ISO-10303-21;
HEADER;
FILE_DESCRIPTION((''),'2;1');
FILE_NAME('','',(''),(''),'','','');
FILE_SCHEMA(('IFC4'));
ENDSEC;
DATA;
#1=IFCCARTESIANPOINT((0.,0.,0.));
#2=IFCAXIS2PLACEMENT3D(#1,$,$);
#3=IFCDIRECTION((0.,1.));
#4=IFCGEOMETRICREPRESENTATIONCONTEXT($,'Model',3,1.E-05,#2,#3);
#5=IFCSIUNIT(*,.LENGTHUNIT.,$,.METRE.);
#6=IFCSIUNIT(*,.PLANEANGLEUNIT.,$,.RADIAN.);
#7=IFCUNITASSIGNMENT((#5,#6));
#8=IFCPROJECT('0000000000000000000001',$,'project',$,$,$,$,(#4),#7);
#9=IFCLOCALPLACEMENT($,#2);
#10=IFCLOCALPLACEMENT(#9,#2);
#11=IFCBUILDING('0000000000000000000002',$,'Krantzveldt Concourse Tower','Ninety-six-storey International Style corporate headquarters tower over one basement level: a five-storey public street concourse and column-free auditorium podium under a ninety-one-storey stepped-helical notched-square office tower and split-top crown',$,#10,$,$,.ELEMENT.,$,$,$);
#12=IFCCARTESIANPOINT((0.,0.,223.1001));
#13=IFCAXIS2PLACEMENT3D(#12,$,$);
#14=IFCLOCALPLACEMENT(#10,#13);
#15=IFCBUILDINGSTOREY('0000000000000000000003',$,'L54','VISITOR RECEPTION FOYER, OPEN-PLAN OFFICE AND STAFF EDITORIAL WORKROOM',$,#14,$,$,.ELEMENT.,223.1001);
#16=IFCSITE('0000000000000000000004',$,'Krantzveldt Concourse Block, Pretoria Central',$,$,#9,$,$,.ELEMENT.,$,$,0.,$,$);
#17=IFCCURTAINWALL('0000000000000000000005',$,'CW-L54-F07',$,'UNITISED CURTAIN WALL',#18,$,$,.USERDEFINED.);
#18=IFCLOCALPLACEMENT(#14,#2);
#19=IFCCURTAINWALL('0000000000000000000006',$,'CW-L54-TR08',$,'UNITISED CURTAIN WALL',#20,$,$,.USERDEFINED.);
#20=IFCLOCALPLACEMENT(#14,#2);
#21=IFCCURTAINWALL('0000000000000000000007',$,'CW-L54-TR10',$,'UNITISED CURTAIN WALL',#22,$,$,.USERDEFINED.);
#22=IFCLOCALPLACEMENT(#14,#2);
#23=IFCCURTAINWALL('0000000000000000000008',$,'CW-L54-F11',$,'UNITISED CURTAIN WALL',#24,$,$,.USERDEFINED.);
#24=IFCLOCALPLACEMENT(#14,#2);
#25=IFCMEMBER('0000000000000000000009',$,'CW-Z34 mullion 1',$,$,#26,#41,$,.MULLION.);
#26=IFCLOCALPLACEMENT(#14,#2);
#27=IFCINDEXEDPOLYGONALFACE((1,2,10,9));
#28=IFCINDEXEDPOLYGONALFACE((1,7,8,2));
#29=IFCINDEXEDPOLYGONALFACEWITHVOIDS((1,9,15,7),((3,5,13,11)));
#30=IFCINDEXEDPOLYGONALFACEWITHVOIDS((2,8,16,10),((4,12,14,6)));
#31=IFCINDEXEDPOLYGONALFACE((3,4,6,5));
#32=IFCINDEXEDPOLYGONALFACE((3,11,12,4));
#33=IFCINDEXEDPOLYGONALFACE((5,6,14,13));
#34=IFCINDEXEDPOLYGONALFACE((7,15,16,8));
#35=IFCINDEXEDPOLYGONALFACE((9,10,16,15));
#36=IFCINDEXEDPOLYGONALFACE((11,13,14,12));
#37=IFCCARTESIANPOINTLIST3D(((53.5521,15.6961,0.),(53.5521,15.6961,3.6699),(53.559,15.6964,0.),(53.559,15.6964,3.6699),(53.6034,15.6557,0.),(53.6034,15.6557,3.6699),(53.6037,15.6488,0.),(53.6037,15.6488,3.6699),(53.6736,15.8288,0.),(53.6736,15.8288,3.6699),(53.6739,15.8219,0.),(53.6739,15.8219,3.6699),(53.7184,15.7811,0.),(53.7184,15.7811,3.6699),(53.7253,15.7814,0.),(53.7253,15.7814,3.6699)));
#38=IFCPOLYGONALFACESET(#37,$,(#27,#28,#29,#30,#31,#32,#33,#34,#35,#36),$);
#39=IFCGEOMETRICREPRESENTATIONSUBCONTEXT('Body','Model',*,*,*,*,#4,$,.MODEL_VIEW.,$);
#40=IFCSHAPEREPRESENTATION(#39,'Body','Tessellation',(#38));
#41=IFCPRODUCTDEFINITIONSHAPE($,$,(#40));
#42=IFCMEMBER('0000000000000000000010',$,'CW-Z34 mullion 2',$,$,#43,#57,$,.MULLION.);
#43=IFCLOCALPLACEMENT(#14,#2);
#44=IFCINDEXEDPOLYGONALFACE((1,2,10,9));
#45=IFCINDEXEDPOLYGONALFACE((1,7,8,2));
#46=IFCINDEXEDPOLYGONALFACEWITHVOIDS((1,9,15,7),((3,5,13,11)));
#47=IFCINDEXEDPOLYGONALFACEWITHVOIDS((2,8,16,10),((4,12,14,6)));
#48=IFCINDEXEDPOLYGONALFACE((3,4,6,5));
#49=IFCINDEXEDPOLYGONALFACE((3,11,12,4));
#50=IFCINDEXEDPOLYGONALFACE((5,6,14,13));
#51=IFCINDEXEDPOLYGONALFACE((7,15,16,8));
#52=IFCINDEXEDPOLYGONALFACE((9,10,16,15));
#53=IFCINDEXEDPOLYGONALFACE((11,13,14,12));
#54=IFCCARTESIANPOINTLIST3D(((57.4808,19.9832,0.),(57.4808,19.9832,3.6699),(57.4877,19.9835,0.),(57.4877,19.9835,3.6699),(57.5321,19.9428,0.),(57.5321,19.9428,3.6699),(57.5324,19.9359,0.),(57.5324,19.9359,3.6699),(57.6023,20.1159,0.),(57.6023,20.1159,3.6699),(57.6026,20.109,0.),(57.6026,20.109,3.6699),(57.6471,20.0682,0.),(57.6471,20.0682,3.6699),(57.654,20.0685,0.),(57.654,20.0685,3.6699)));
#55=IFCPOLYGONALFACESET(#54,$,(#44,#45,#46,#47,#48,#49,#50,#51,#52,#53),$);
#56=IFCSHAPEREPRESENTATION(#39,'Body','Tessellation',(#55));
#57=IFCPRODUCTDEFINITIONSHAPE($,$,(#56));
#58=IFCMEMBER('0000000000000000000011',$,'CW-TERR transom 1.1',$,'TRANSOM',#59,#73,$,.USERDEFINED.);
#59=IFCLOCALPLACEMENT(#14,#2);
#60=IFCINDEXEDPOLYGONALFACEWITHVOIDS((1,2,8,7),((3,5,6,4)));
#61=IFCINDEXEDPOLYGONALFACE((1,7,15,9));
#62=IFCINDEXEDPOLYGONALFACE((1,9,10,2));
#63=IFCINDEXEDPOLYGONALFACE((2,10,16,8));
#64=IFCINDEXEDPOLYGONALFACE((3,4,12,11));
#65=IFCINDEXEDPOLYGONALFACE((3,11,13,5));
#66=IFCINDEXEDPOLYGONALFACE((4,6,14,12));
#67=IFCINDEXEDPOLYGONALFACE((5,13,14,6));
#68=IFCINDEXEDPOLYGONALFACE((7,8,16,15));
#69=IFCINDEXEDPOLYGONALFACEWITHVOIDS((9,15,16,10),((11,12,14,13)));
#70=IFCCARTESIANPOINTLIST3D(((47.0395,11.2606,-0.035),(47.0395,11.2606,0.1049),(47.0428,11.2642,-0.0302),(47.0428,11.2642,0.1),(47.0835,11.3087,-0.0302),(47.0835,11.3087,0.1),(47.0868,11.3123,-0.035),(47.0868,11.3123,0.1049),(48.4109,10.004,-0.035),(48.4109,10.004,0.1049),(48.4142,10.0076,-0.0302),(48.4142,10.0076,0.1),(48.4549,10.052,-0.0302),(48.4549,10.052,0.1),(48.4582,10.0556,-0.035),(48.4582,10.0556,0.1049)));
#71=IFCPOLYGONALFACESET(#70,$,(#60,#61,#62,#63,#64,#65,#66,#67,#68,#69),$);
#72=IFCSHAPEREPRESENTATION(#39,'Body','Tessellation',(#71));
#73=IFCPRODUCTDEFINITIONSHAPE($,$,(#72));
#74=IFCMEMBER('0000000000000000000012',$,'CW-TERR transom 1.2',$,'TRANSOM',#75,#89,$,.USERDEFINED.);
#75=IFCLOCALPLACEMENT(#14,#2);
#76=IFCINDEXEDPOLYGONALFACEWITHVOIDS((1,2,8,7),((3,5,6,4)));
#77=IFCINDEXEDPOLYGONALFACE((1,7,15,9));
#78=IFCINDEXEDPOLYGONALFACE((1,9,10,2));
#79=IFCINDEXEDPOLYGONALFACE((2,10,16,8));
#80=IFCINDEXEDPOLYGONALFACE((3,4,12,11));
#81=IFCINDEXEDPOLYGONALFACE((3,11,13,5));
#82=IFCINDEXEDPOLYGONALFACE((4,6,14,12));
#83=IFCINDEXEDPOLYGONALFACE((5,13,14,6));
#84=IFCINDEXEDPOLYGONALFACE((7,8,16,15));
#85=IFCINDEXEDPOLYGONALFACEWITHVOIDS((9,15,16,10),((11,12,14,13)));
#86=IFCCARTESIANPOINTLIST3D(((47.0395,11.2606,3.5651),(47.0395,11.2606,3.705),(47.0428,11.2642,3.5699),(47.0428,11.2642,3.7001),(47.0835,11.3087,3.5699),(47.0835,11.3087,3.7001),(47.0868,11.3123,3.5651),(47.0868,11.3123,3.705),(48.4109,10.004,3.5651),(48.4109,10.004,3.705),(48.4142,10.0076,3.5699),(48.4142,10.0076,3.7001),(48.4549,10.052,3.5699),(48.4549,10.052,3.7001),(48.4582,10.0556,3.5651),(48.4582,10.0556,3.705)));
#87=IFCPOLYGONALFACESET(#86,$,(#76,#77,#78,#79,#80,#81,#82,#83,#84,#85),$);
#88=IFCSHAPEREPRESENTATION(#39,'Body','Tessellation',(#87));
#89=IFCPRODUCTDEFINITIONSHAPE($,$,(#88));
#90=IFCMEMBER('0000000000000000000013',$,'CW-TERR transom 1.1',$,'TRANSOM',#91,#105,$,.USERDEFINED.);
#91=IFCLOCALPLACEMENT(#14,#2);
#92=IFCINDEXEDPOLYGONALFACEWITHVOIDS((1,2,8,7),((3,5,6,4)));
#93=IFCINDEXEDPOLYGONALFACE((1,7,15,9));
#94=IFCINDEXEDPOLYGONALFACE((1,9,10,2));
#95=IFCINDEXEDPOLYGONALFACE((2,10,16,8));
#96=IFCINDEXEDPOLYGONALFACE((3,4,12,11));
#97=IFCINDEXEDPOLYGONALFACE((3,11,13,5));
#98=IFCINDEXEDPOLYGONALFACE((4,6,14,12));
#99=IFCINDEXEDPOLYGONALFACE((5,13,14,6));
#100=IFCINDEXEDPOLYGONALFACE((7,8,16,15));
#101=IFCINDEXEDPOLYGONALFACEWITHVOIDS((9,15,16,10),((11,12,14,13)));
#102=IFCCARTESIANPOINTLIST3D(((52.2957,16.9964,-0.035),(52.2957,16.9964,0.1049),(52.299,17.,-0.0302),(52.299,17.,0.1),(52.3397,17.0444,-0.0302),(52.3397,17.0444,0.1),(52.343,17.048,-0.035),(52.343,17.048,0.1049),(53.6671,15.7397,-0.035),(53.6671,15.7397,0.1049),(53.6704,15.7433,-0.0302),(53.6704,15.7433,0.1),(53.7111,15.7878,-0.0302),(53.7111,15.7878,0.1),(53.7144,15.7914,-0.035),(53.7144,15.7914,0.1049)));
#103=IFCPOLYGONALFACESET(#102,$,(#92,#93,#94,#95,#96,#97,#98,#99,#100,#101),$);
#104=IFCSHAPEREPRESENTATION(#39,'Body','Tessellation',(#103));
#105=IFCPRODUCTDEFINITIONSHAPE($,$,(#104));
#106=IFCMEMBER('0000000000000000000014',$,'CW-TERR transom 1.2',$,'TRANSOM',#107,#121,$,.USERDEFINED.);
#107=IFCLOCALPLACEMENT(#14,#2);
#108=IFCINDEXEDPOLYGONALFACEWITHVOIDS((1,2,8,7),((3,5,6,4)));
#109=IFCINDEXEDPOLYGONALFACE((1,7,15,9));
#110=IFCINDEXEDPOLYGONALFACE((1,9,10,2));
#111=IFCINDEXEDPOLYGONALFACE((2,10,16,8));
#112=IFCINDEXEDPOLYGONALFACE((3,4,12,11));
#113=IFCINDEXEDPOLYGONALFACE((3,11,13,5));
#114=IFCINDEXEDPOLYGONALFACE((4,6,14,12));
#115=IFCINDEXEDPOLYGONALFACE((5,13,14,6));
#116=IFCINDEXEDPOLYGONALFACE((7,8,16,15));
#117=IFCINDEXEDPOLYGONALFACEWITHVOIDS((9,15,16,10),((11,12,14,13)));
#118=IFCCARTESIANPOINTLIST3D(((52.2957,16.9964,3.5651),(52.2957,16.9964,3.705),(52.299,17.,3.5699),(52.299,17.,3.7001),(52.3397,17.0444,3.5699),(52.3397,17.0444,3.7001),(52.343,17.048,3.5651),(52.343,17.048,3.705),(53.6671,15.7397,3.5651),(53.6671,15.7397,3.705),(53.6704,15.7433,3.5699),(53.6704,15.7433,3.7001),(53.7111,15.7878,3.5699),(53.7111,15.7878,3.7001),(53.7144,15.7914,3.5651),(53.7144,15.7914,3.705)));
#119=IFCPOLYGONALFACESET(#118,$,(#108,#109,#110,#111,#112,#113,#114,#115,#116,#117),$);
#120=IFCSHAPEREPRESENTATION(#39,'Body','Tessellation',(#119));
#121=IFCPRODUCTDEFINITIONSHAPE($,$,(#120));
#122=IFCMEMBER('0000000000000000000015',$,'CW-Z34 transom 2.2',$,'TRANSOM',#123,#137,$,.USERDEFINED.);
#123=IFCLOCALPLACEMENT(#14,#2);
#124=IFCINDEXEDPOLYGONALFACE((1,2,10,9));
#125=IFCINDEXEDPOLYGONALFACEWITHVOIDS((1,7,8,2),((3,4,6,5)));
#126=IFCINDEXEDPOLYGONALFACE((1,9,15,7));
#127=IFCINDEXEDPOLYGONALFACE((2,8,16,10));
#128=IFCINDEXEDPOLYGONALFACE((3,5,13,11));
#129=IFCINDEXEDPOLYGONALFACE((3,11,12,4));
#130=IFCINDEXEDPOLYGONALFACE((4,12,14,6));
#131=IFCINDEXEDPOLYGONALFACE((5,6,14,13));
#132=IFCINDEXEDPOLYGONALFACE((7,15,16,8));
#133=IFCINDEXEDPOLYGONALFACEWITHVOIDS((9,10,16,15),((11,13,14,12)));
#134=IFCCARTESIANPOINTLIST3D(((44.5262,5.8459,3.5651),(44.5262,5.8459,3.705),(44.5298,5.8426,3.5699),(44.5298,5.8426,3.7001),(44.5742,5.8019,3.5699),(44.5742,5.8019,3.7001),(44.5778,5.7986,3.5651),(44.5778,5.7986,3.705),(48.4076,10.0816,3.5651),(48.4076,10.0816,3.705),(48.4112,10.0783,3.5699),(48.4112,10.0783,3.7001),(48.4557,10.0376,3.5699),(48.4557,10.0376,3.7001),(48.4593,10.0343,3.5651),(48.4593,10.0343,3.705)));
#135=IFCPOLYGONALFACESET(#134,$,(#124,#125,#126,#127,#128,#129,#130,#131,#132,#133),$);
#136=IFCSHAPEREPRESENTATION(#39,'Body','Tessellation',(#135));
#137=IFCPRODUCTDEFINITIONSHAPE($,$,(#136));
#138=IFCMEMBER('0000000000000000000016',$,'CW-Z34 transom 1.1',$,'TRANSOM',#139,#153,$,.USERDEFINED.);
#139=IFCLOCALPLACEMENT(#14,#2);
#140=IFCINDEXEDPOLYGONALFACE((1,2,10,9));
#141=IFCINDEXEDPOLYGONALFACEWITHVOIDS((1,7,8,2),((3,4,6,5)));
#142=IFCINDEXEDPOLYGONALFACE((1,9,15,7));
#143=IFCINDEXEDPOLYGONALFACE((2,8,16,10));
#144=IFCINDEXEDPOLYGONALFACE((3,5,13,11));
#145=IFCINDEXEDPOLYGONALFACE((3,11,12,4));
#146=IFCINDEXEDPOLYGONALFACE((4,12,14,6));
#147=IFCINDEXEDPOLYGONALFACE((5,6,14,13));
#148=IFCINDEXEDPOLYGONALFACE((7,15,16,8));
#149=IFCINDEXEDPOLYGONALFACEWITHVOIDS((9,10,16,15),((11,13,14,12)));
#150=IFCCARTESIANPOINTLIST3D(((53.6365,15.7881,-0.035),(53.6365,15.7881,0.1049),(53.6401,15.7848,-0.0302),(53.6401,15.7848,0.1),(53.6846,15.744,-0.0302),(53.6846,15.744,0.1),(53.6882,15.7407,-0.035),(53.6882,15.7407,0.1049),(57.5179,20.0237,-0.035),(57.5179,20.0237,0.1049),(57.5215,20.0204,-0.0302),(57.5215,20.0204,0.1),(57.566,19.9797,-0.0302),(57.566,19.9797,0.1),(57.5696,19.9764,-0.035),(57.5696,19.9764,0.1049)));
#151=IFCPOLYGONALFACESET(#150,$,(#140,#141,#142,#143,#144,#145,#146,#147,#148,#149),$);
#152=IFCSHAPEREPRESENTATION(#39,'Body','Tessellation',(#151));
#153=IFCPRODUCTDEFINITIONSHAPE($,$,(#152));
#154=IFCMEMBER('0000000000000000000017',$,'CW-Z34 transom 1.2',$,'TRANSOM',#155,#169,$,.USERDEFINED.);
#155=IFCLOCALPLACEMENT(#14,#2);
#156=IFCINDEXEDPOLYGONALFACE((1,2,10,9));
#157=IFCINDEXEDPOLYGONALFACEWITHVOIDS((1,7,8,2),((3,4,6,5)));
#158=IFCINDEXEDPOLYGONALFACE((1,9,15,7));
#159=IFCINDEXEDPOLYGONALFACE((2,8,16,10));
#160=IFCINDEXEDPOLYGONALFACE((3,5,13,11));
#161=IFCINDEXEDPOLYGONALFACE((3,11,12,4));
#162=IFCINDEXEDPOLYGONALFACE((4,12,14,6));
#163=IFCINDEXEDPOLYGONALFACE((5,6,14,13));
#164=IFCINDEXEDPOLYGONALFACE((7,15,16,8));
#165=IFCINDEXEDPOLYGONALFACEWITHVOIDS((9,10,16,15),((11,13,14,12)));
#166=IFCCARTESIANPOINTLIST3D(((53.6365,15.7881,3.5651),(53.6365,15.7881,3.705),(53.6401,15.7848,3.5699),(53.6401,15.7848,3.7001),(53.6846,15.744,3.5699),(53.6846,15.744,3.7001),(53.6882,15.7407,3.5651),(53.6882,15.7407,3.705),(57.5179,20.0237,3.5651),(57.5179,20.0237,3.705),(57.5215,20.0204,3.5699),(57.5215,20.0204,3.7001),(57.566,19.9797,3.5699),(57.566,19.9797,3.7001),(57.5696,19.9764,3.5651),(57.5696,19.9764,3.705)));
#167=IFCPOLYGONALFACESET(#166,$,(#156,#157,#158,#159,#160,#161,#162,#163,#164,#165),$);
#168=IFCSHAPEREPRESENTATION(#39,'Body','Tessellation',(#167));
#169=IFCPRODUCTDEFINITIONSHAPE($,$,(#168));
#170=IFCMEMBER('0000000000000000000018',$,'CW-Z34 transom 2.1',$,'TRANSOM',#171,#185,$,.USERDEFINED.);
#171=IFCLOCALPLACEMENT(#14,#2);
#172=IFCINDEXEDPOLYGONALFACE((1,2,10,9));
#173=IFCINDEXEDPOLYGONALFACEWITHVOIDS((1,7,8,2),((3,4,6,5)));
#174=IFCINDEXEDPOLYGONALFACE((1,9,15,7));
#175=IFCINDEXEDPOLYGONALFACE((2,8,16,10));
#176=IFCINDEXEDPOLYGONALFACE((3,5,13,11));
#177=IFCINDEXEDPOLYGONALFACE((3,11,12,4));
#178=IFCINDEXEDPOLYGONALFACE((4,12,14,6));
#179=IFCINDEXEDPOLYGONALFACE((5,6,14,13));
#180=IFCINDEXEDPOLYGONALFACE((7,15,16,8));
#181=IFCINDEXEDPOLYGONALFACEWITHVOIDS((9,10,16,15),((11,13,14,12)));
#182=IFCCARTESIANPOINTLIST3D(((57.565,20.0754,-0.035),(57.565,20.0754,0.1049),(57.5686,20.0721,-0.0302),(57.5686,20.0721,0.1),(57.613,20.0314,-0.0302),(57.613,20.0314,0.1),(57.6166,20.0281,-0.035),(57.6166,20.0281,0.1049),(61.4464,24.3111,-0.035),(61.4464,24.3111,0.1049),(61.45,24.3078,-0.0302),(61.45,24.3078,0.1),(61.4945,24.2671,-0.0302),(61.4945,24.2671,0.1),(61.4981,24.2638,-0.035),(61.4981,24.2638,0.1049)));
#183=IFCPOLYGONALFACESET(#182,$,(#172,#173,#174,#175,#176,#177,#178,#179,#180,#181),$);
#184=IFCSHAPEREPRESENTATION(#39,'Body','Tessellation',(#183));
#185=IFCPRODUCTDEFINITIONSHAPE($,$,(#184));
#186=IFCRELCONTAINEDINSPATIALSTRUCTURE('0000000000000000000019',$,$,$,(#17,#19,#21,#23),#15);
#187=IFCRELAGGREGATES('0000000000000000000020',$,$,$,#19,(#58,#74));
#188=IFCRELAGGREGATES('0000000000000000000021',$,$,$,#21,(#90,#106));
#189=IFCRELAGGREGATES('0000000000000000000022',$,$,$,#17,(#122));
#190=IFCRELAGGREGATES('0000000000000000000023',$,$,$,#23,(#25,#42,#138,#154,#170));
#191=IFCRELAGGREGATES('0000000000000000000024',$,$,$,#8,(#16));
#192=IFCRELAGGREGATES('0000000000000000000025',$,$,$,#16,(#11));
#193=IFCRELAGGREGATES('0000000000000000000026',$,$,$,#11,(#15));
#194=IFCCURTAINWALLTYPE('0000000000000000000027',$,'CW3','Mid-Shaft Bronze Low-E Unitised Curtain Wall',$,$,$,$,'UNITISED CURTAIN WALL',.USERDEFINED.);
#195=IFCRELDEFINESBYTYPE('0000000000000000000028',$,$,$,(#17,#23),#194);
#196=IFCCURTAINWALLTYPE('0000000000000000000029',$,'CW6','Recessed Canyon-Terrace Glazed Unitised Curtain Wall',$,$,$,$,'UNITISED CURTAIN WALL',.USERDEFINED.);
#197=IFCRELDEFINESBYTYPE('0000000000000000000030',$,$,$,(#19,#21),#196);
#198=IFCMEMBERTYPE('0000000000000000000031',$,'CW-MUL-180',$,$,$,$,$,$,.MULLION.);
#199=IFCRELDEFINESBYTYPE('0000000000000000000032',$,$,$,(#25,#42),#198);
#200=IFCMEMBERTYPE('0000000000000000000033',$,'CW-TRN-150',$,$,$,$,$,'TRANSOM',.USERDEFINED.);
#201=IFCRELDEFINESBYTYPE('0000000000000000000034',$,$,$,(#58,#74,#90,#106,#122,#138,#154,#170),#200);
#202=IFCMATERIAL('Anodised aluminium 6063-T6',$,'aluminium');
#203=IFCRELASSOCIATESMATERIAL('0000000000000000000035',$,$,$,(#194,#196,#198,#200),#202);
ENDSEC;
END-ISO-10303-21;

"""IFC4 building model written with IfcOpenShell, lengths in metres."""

from ifc_helpers import new_model, si_unit, direction, frame, origin, origin_2d, place, context, subcontext, project, spatial, hollow_rectangle, extrude, source, transform, mapped, material, material_profile, profile_set, type_object, type_shapes, element, aggregate, save


model = new_model("IFC4")

# Units and contexts
model_context = context("Model", 3, precision=1e-05, world=origin(), true_north=direction((0.0, 1.0)))
body_context = subcontext(model_context, "Body", "Model", "MODEL_VIEW")
ifc_project = project(units=[si_unit("LENGTHUNIT", "METRE"), si_unit("PLANEANGLEUNIT", "RADIAN")], contexts=[model_context])

# Site, building, storey
site_placement = place(None, origin())
site = spatial("IfcSite", under=ifc_project, at=site_placement, Name="Krantzveldt Concourse Block, Pretoria Central", CompositionType="ELEMENT", RefElevation=0.0)
building_placement = place(site_placement, origin())
building = spatial("IfcBuilding", under=site, at=building_placement, Name="Krantzveldt Concourse Tower", Description="Ninety-six-storey International Style corporate headquarters tower over one basement level: a five-storey public street concourse and column-free auditorium podium under a ninety-one-storey stepped-helical notched-square office tower and split-top crown", CompositionType="ELEMENT")
storey_placement = place(building_placement, frame((0.0, 0.0, 223.1001)))
storey = spatial("IfcBuildingStorey", under=building, at=storey_placement, Name="L54", Description="VISITOR RECEPTION FOYER, OPEN-PLAN OFFICE AND STAFF EDITORIAL WORKROOM", CompositionType="ELEMENT", Elevation=223.1001)

# Curtain wall
ifc_material_1 = material(Name="Anodised aluminium 6063-T6", Category="aluminium")
curtain_wall_type_1 = type_object("IfcCurtainWallType", Name="CW3", Description="Mid-Shaft Bronze Low-E Unitised Curtain Wall", ElementType="UNITISED CURTAIN WALL", PredefinedType="USERDEFINED", material=ifc_material_1)
curtain_wall_1_placement = place(storey_placement, origin())
curtain_wall_1 = element("IfcCurtainWall", 1, at=curtain_wall_1_placement, inside=storey, type_object=curtain_wall_type_1, Name="CW-L54-F07", ObjectType="UNITISED CURTAIN WALL", PredefinedType="USERDEFINED")
ifc_material_profile_1 = material_profile(ifc_material_1, hollow_rectangle(XDim=0.0701, YDim=0.1799, WallThickness=0.0049, at=origin_2d()), Name="Anodised aluminium 6063-T6", Category="aluminium")
ifc_profile_set_1 = profile_set([ifc_material_profile_1], Name="Anodised aluminium 6063-T6 - ALU-MULL 180x70x5")
member_type_1 = type_object("IfcMemberType", Name="CW-MUL-180", PredefinedType="MULLION", material=ifc_profile_set_1)
shared_shape_1 = source(origin(), body_context, "Body", "SweptSolid", [
    extrude(hollow_rectangle(XDim=0.0701, YDim=0.1799, WallThickness=0.0049, at=origin_2d()), origin(), (0.0, 0.0, 1.0), 3.6699),
])
type_shapes(member_type_1, [shared_shape_1])

# Curtain walls, members
curtain_wall_type_2 = type_object("IfcCurtainWallType", Name="CW6", Description="Recessed Canyon-Terrace Glazed Unitised Curtain Wall", ElementType="UNITISED CURTAIN WALL", PredefinedType="USERDEFINED", material=ifc_material_1)
curtain_wall_2_placement = place(storey_placement, origin())
curtain_wall_2 = element("IfcCurtainWall", 2, at=curtain_wall_2_placement, inside=storey, type_object=curtain_wall_type_2, Name="CW-L54-TR08", ObjectType="UNITISED CURTAIN WALL", PredefinedType="USERDEFINED")
curtain_wall_3_placement = place(storey_placement, origin())
curtain_wall_3 = element("IfcCurtainWall", 3, at=curtain_wall_3_placement, inside=storey, type_object=curtain_wall_type_2, Name="CW-L54-TR10", ObjectType="UNITISED CURTAIN WALL", PredefinedType="USERDEFINED")
curtain_wall_4_placement = place(storey_placement, origin())
curtain_wall_4 = element("IfcCurtainWall", 4, at=curtain_wall_4_placement, inside=storey, type_object=curtain_wall_type_1, Name="CW-L54-F11", ObjectType="UNITISED CURTAIN WALL", PredefinedType="USERDEFINED")
member_1_placement = place(storey_placement, frame((53.6387, 15.7388, 0.0), z_axis=(0.0, 0.0, 1.0), x_axis=(-0.737278, 0.67559, 0.0)))
member_1 = element("IfcMember", 5, at=member_1_placement, type_object=member_type_1, Name="CW-Z34 mullion 1", PredefinedType="MULLION", context=body_context, shape_type="MappedRepresentation", body=[
    mapped(shared_shape_1, transform((0.0, 0.0, 0.0), x_axis=(1.0, 0.0, 0.0), y_axis=(0.0, 1.0, 0.0), z_axis=(0.0, 0.0, 1.0), scale=1.0)),
])
member_2_placement = place(storey_placement, frame((57.5674, 20.0259, 0.0), z_axis=(0.0, 0.0, 1.0), x_axis=(-0.737278, 0.67559, 0.0)))
member_2 = element("IfcMember", 6, at=member_2_placement, type_object=member_type_1, Name="CW-Z34 mullion 2", PredefinedType="MULLION", context=body_context, shape_type="MappedRepresentation", body=[
    mapped(shared_shape_1, transform((0.0, 0.0, 0.0), x_axis=(1.0, 0.0, 0.0), y_axis=(0.0, 1.0, 0.0), z_axis=(0.0, 0.0, 1.0), scale=1.0)),
])

# Members
ifc_material_profile_2 = material_profile(ifc_material_1, hollow_rectangle(XDim=0.0701, YDim=0.1399, WallThickness=0.0049, at=origin_2d()), Name="Anodised aluminium 6063-T6", Category="aluminium")
ifc_profile_set_2 = profile_set([ifc_material_profile_2], Name="Anodised aluminium 6063-T6 - ALU-TRAN 140x70x5")
member_type_2 = type_object("IfcMemberType", Name="CW-TRN-150", ElementType="TRANSOM", PredefinedType="USERDEFINED", material=ifc_profile_set_2)
shared_shape_2 = source(origin(), body_context, "Body", "SweptSolid", [
    extrude(hollow_rectangle(XDim=0.0701, YDim=0.1399, WallThickness=0.0049, at=origin_2d()), origin(), (0.0, 0.0, 1.0), 1.8601),
])
member_3_placement = place(storey_placement, frame((48.4346, 10.0298, 0.0349), z_axis=(-0.737279, 0.675588, 0.0), x_axis=(-0.675588, -0.737279, 0.0)))
member_3 = element("IfcMember", 7, at=member_3_placement, type_object=member_type_2, Name="CW-TERR transom 1.1", ObjectType="TRANSOM", PredefinedType="USERDEFINED", context=body_context, shape_type="MappedRepresentation", body=[
    mapped(shared_shape_2, transform((0.0, 0.0, 0.0), x_axis=(1.0, 0.0, 0.0), y_axis=(0.0, 1.0, 0.0), z_axis=(0.0, 0.0, 1.0), scale=1.0)),
])
member_4_placement = place(storey_placement, frame((48.4346, 10.0298, 3.635), z_axis=(-0.737279, 0.675588, 0.0), x_axis=(-0.675588, -0.737279, 0.0)))
member_4 = element("IfcMember", 8, at=member_4_placement, type_object=member_type_2, Name="CW-TERR transom 1.2", ObjectType="TRANSOM", PredefinedType="USERDEFINED", context=body_context, shape_type="MappedRepresentation", body=[
    mapped(shared_shape_2, transform((0.0, 0.0, 0.0), x_axis=(1.0, 0.0, 0.0), y_axis=(0.0, 1.0, 0.0), z_axis=(0.0, 0.0, 1.0), scale=1.0)),
])
member_5_placement = place(storey_placement, frame((52.3193, 17.0222, 0.0349), z_axis=(0.737279, -0.675588, 0.0), x_axis=(0.675588, 0.737279, 0.0)))
member_5 = element("IfcMember", 9, at=member_5_placement, type_object=member_type_2, Name="CW-TERR transom 1.1", ObjectType="TRANSOM", PredefinedType="USERDEFINED", context=body_context, shape_type="MappedRepresentation", body=[
    mapped(shared_shape_2, transform((0.0, 0.0, 0.0), x_axis=(1.0, 0.0, 0.0), y_axis=(0.0, 1.0, 0.0), z_axis=(0.0, 0.0, 1.0), scale=1.0)),
])
member_6_placement = place(storey_placement, frame((52.3193, 17.0222, 3.635), z_axis=(0.737279, -0.675588, 0.0), x_axis=(0.675588, 0.737279, 0.0)))
member_6 = element("IfcMember", 10, at=member_6_placement, type_object=member_type_2, Name="CW-TERR transom 1.2", ObjectType="TRANSOM", PredefinedType="USERDEFINED", context=body_context, shape_type="MappedRepresentation", body=[
    mapped(shared_shape_2, transform((0.0, 0.0, 0.0), x_axis=(1.0, 0.0, 0.0), y_axis=(0.0, 1.0, 0.0), z_axis=(0.0, 0.0, 1.0), scale=1.0)),
])
shared_shape_3 = source(origin(), body_context, "Body", "SweptSolid", [
    extrude(hollow_rectangle(XDim=0.0701, YDim=0.1399, WallThickness=0.0049, at=origin_2d()), origin(), (0.0, 0.0, 1.0), 5.7451),
])
type_shapes(member_type_2, [shared_shape_2, shared_shape_3])
member_7_placement = place(storey_placement, frame((44.552, 5.8223, 3.635), z_axis=(0.675603, 0.737265, 0.0), x_axis=(-0.737265, 0.675603, 0.0)))
member_7 = element("IfcMember", 11, at=member_7_placement, type_object=member_type_2, Name="CW-Z34 transom 2.2", ObjectType="TRANSOM", PredefinedType="USERDEFINED", context=body_context, shape_type="MappedRepresentation", body=[
    mapped(shared_shape_3, transform((0.0, 0.0, 0.0), x_axis=(1.0, 0.0, 0.0), y_axis=(0.0, 1.0, 0.0), z_axis=(0.0, 0.0, 1.0), scale=1.0)),
])
member_8_placement = place(storey_placement, frame((53.6624, 15.7644, 0.0349), z_axis=(0.675603, 0.737265, 0.0), x_axis=(-0.737265, 0.675603, 0.0)))
member_8 = element("IfcMember", 12, at=member_8_placement, type_object=member_type_2, Name="CW-Z34 transom 1.1", ObjectType="TRANSOM", PredefinedType="USERDEFINED", context=body_context, shape_type="MappedRepresentation", body=[
    mapped(shared_shape_3, transform((0.0, 0.0, 0.0), x_axis=(1.0, 0.0, 0.0), y_axis=(0.0, 1.0, 0.0), z_axis=(0.0, 0.0, 1.0), scale=1.0)),
])
member_9_placement = place(storey_placement, frame((53.6624, 15.7644, 3.635), z_axis=(0.675603, 0.737265, 0.0), x_axis=(-0.737265, 0.675603, 0.0)))
member_9 = element("IfcMember", 13, at=member_9_placement, type_object=member_type_2, Name="CW-Z34 transom 1.2", ObjectType="TRANSOM", PredefinedType="USERDEFINED", context=body_context, shape_type="MappedRepresentation", body=[
    mapped(shared_shape_3, transform((0.0, 0.0, 0.0), x_axis=(1.0, 0.0, 0.0), y_axis=(0.0, 1.0, 0.0), z_axis=(0.0, 0.0, 1.0), scale=1.0)),
])
member_10_placement = place(storey_placement, frame((57.5908, 20.0518, 0.0349), z_axis=(0.675603, 0.737265, 0.0), x_axis=(-0.737265, 0.675603, 0.0)))
member_10 = element("IfcMember", 14, at=member_10_placement, type_object=member_type_2, Name="CW-Z34 transom 2.1", ObjectType="TRANSOM", PredefinedType="USERDEFINED", context=body_context, shape_type="MappedRepresentation", body=[
    mapped(shared_shape_3, transform((0.0, 0.0, 0.0), x_axis=(1.0, 0.0, 0.0), y_axis=(0.0, 1.0, 0.0), z_axis=(0.0, 0.0, 1.0), scale=1.0)),
])

aggregate(curtain_wall_2, [member_3, member_4])
aggregate(curtain_wall_3, [member_5, member_6])
aggregate(curtain_wall_1, [member_7])
aggregate(curtain_wall_4, [member_1, member_2, member_8, member_9, member_10])

save(model, "model.ifc")
